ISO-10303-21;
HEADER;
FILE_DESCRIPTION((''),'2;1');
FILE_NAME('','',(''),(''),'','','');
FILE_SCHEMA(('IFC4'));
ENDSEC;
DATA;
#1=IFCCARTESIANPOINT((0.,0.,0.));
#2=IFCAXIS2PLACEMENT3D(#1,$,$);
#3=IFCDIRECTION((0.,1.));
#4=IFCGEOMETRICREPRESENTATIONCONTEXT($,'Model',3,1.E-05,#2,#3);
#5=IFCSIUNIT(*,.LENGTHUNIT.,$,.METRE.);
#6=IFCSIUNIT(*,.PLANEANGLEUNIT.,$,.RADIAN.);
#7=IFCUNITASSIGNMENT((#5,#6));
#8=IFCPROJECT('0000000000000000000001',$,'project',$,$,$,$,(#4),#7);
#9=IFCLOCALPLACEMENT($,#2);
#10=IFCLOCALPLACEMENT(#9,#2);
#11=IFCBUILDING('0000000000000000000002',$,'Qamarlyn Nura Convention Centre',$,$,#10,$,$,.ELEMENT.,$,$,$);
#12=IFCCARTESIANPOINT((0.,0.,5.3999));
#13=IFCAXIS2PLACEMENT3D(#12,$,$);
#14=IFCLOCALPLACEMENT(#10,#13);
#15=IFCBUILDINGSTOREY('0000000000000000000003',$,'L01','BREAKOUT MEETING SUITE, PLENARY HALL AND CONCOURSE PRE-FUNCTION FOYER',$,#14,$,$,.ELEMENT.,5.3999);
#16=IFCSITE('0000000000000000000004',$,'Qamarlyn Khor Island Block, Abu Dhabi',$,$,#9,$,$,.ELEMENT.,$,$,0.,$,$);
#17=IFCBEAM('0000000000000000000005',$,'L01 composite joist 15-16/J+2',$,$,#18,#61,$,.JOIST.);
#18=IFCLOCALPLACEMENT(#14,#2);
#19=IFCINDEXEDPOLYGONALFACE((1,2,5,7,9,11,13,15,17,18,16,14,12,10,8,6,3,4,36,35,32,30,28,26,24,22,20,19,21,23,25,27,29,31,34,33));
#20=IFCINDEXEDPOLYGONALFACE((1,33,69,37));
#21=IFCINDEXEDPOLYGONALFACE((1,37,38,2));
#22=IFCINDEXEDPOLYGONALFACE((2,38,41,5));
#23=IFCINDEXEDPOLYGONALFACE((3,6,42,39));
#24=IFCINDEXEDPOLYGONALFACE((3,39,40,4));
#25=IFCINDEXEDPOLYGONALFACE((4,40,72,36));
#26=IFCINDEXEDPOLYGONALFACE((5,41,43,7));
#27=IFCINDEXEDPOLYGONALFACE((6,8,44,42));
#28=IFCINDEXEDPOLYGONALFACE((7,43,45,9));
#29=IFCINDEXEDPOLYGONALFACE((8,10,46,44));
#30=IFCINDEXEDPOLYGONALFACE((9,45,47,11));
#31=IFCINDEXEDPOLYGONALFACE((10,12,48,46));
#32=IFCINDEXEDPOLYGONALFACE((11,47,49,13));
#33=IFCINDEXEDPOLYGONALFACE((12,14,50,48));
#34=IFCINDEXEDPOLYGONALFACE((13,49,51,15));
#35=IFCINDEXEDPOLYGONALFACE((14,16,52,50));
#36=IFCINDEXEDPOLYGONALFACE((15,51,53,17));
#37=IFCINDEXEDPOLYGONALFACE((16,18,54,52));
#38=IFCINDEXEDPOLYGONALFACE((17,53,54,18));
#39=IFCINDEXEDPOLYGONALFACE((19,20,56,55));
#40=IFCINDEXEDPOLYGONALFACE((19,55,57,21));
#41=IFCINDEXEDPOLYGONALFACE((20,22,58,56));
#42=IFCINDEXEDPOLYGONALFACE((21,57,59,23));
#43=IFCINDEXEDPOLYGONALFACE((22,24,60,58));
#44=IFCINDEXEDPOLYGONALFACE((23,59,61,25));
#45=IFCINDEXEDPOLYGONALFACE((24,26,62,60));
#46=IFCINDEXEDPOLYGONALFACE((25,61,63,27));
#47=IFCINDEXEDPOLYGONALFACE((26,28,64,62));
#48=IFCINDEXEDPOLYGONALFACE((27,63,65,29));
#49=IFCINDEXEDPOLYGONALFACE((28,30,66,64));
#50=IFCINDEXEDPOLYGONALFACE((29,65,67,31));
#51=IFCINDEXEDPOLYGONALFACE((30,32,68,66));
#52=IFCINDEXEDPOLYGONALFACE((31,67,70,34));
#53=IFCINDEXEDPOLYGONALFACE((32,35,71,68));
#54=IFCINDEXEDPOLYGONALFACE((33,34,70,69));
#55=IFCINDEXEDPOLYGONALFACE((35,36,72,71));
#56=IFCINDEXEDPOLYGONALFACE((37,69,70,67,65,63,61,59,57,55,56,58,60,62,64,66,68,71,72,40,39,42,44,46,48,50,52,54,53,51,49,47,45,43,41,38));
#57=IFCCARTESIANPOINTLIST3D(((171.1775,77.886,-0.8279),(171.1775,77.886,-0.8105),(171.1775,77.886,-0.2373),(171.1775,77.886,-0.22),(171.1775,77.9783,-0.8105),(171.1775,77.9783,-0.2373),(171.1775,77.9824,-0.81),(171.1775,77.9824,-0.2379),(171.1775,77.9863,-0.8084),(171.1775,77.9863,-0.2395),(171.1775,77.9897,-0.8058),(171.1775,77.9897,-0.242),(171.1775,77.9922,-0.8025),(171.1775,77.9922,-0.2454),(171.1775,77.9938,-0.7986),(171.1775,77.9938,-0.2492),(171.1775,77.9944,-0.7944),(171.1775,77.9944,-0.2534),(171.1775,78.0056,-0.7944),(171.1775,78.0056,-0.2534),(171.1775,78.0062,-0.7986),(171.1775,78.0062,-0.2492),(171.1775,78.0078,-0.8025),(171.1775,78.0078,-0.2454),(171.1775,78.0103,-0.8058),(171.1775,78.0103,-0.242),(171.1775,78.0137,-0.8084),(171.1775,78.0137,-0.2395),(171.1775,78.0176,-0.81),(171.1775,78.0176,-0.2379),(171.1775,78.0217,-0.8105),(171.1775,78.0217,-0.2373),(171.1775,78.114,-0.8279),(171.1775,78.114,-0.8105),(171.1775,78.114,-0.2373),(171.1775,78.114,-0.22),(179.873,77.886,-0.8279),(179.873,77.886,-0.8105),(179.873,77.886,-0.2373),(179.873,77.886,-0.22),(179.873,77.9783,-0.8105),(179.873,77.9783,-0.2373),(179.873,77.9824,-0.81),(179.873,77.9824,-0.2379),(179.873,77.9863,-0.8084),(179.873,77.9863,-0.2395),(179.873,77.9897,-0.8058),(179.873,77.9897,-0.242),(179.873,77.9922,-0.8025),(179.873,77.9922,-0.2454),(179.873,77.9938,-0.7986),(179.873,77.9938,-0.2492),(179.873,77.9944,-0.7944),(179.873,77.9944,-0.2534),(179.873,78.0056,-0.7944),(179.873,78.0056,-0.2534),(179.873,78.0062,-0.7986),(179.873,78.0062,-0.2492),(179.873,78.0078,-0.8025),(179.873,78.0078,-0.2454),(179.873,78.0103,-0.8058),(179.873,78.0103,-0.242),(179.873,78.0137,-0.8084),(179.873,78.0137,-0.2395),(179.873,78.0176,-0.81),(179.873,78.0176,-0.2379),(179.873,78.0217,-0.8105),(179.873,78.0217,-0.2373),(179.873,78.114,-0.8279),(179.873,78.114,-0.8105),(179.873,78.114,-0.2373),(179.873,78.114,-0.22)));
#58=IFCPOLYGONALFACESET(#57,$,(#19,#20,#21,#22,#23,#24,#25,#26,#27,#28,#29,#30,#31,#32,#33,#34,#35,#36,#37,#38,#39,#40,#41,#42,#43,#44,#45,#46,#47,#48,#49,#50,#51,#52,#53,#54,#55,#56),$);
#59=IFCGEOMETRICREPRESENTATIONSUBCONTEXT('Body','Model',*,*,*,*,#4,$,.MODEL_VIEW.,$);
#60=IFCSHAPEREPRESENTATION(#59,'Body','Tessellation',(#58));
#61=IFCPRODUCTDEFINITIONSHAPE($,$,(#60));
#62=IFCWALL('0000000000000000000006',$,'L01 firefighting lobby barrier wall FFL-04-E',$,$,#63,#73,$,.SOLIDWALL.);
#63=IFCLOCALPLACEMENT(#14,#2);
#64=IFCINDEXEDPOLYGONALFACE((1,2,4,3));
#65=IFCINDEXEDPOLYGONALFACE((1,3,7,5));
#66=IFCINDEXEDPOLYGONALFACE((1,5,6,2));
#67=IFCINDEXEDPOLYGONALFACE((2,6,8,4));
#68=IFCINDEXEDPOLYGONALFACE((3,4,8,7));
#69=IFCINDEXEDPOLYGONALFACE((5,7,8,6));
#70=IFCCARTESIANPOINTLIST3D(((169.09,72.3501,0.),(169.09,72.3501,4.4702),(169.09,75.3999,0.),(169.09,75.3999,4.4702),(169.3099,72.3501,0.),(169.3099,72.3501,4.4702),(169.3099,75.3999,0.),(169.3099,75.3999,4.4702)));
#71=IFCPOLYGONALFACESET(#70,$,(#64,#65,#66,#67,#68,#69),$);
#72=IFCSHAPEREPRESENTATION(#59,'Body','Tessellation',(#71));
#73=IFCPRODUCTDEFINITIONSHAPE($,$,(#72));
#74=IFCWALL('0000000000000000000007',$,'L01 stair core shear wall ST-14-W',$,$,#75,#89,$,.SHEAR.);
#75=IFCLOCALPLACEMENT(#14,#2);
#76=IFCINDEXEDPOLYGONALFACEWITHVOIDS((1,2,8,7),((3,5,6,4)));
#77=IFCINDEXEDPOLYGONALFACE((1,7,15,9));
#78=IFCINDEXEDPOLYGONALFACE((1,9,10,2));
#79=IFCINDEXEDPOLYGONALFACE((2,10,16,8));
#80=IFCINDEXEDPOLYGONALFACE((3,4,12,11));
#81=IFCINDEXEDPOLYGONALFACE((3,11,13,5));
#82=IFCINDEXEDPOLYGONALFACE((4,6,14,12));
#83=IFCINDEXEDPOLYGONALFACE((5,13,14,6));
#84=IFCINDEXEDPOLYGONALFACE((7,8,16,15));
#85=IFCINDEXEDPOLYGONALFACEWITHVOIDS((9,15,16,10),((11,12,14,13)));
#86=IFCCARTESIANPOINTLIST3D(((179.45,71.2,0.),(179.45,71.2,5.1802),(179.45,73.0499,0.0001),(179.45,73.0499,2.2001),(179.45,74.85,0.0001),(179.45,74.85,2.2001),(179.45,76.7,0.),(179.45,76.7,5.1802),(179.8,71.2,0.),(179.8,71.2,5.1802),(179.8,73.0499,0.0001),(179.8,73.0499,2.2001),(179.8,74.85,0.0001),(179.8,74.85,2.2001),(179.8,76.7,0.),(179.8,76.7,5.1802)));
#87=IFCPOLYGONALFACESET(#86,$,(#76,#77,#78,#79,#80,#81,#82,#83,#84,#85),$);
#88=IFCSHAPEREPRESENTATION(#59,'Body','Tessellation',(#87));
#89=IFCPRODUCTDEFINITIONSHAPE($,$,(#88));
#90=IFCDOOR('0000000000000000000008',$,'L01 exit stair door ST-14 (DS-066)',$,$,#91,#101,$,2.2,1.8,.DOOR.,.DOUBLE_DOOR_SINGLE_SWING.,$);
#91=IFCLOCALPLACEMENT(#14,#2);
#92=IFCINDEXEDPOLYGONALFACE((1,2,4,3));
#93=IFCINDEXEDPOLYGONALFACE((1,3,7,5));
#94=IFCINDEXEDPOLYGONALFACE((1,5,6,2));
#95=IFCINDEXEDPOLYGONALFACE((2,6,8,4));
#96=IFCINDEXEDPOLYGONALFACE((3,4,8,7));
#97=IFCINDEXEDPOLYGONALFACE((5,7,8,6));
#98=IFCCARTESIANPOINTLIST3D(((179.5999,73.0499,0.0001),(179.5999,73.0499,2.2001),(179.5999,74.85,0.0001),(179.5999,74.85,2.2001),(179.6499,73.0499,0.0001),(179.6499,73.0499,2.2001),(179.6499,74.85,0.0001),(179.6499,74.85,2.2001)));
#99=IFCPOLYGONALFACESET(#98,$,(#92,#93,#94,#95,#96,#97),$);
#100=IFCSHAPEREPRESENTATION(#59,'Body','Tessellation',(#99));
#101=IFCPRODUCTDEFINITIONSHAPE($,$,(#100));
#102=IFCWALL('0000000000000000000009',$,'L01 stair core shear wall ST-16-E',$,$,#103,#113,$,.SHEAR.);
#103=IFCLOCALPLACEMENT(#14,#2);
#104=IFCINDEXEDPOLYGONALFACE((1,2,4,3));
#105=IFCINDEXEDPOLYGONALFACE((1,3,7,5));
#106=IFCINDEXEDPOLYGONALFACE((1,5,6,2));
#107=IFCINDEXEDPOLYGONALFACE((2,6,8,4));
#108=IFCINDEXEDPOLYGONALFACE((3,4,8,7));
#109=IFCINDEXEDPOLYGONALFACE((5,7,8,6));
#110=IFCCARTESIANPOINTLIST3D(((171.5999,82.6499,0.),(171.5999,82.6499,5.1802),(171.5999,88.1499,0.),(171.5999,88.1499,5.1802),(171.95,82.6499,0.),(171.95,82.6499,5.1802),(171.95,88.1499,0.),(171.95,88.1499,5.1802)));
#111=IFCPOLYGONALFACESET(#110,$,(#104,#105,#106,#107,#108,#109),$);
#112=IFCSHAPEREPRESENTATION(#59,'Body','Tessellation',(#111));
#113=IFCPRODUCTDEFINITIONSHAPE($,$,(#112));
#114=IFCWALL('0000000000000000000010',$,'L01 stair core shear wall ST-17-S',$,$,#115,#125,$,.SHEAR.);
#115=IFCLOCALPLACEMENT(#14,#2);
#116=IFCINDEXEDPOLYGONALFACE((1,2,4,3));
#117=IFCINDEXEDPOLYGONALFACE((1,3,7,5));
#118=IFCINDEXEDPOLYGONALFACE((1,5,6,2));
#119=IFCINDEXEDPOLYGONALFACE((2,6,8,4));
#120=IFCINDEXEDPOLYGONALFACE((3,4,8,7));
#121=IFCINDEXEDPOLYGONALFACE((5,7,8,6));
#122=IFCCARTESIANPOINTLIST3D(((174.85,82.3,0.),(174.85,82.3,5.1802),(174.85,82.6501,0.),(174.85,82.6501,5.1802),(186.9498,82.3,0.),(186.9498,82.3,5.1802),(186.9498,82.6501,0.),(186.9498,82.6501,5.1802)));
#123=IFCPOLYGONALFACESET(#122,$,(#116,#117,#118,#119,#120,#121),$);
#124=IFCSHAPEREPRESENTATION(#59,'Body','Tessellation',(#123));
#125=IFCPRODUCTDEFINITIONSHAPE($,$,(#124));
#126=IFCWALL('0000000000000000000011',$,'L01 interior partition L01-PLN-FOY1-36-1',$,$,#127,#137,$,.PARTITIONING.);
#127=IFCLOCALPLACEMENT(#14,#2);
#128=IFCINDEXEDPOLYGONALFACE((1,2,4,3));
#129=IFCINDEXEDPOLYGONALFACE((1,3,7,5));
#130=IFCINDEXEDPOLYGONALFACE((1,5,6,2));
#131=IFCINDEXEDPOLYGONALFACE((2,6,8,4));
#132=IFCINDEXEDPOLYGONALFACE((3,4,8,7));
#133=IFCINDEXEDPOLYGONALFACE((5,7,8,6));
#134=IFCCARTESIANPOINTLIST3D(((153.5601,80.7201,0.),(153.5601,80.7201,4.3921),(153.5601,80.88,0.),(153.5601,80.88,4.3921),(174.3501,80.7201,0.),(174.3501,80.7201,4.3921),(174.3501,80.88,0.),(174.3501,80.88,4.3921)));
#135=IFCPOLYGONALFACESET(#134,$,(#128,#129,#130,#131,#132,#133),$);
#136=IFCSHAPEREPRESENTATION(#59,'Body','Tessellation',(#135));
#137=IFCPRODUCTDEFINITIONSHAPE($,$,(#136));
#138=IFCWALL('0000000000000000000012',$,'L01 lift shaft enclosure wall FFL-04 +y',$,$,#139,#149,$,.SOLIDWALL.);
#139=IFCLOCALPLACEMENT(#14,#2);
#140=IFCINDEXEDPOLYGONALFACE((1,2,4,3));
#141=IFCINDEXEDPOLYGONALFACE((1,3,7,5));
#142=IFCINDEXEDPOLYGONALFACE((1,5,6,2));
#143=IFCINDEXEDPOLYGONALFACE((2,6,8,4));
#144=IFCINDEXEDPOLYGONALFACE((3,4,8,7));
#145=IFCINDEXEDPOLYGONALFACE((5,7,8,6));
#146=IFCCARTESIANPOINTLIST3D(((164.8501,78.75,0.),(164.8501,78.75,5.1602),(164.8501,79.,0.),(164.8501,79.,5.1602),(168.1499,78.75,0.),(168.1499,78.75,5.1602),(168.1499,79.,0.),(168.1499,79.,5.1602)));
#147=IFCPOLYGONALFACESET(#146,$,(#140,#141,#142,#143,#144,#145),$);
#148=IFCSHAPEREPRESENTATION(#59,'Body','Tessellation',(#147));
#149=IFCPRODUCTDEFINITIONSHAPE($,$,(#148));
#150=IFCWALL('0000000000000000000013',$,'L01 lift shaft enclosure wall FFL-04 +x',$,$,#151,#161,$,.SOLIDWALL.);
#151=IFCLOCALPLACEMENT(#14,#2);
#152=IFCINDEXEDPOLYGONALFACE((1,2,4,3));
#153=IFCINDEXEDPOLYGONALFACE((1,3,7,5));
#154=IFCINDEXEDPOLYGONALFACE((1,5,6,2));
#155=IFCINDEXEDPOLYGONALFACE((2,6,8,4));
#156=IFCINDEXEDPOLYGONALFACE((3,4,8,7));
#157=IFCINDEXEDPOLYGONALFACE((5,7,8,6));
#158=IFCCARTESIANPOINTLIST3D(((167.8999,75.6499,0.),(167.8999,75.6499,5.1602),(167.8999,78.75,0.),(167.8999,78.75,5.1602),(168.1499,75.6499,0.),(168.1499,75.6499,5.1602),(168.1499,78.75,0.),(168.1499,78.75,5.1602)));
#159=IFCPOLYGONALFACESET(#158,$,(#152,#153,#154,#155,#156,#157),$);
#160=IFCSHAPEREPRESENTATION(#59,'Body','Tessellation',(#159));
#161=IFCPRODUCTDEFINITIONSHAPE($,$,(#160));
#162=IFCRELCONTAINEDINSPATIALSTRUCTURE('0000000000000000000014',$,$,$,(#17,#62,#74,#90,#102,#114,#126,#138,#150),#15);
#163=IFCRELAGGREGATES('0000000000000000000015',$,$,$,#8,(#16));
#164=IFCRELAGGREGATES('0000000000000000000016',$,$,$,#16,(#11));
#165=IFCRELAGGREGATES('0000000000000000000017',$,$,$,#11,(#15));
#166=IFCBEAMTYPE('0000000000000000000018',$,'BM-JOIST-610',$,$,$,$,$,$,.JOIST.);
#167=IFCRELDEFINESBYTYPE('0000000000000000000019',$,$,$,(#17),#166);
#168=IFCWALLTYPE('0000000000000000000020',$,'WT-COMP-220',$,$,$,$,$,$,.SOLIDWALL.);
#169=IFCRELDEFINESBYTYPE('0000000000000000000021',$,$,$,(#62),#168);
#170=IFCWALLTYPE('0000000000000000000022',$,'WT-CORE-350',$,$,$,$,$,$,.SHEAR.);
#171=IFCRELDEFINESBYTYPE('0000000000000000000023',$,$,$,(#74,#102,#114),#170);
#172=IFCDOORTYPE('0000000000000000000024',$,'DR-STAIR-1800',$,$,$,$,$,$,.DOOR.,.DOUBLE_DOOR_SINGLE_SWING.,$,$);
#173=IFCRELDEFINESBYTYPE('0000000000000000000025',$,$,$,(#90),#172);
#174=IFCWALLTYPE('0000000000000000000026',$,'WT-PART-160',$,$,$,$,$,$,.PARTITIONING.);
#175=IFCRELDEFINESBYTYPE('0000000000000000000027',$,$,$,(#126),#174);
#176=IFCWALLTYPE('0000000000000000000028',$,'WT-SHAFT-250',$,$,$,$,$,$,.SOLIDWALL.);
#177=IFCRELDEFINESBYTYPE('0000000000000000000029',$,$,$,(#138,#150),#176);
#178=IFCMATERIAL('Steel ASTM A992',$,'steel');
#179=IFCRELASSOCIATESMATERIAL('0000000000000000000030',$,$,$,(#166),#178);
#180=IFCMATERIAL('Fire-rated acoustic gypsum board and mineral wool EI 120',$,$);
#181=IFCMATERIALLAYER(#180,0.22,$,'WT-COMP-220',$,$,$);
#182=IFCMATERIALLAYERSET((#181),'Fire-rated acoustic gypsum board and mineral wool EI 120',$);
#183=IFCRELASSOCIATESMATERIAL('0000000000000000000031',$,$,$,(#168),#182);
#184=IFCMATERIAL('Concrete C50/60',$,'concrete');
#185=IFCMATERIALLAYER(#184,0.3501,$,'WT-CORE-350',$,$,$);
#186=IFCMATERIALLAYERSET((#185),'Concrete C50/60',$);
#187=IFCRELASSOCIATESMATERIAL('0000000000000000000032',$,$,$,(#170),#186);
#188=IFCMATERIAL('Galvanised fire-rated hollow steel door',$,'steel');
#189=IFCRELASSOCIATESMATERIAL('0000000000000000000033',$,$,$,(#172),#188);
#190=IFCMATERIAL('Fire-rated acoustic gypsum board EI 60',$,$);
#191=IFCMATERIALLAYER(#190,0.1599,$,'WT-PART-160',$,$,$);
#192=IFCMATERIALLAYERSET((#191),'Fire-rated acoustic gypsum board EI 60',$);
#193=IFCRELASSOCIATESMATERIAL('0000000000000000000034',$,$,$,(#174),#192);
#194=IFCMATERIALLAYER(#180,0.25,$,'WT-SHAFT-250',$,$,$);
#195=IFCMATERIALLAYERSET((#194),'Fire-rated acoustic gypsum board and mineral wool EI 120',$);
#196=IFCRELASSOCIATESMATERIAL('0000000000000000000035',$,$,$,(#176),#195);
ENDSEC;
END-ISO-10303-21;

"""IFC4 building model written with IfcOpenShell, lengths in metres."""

from ifc_helpers import new_model, si_unit, direction, frame, frame_2d, origin, origin_2d, place, context, subcontext, project, spatial, rectangle, i_section, extrude, material, layer, layer_set, material_profile, profile_set, type_object, element, fill, save


model = new_model("IFC4")

# Units and contexts
model_context = context("Model", 3, precision=1e-05, world=origin(), true_north=direction((0.0, 1.0)))
body_context = subcontext(model_context, "Body", "Model", "MODEL_VIEW")
ifc_project = project(units=[si_unit("LENGTHUNIT", "METRE"), si_unit("PLANEANGLEUNIT", "RADIAN")], contexts=[model_context])

# Site, building, storey
site_placement = place(None, origin())
site = spatial("IfcSite", under=ifc_project, at=site_placement, Name="Qamarlyn Khor Island Block, Abu Dhabi", CompositionType="ELEMENT", RefElevation=0.0)
building_placement = place(site_placement, origin())
building = spatial("IfcBuilding", under=site, at=building_placement, Name="Qamarlyn Nura Convention Centre", CompositionType="ELEMENT")
storey_placement = place(building_placement, frame((0.0, 0.0, 5.3999)))
storey = spatial("IfcBuildingStorey", under=building, at=storey_placement, Name="L01", Description="BREAKOUT MEETING SUITE, PLENARY HALL AND CONCOURSE PRE-FUNCTION FOYER", CompositionType="ELEMENT", Elevation=5.3999)

# Shared definitions
ifc_material_1 = material(Name="Steel ASTM A992", Category="steel")

# Beam
ifc_material_profile_1 = material_profile(ifc_material_1, i_section(OverallWidth=0.228, OverallDepth=0.6079, WebThickness=0.0112, FlangeThickness=0.0173, FilletRadius=0.0161, at=origin_2d()), Name="W610X113")
ifc_profile_set_1 = profile_set([ifc_material_profile_1], Name="Steel ASTM A992")
beam_type_1 = type_object("IfcBeamType", Name="BM-JOIST-610", PredefinedType="JOIST", material=ifc_profile_set_1)
for number, where, z_axis, x_axis, name in (
    (1, (171.1775, 78.0, -0.5239), (1.0, 0.0, 0.0), (0.0, 1.0, 0.0), "L01 composite joist 15-16/J+2"),
):
    element("IfcBeam", number, at=place(storey_placement, frame(where, z_axis=z_axis, x_axis=x_axis)), inside=storey, type_object=beam_type_1, Name=name, PredefinedType="JOIST", context=body_context, shape_type="SweptSolid", body=[
        extrude(i_section(OverallWidth=0.228, OverallDepth=0.6079, WebThickness=0.0112, FlangeThickness=0.0173, FilletRadius=0.0161, at=origin_2d()), origin(), (0.0, 0.0, 1.0), 8.6956),
    ])

# Wall
ifc_material_2 = material(Name="Fire-rated acoustic gypsum board and mineral wool EI 120")
ifc_layer_1 = layer(ifc_material_2, 0.22, Name="WT-COMP-220")
ifc_layer_set_1 = layer_set([ifc_layer_1], Name="Fire-rated acoustic gypsum board and mineral wool EI 120")
wall_type_1 = type_object("IfcWallType", Name="WT-COMP-220", PredefinedType="SOLIDWALL", material=ifc_layer_set_1)
wall_1_placement = place(storey_placement, frame((169.2, 72.3501, 0.0), z_axis=(0.0, 0.0, 1.0), x_axis=(0.0, 1.0, 0.0)))
element("IfcWall", 2, at=wall_1_placement, inside=storey, type_object=wall_type_1, Name="L01 firefighting lobby barrier wall FFL-04-E", PredefinedType="SOLIDWALL", context=body_context, shape_type="SweptSolid", body=[
    extrude(rectangle(XDim=3.0498, YDim=0.22, at=frame_2d((1.5249, 0.0))), origin(), (0.0, 0.0, 1.0), 4.4702),
])

# Wall, opening, door
ifc_material_3 = material(Name="Concrete C50/60", Category="concrete")
ifc_layer_2 = layer(ifc_material_3, 0.3501, Name="WT-CORE-350")
ifc_layer_set_2 = layer_set([ifc_layer_2], Name="Concrete C50/60")
wall_type_2 = type_object("IfcWallType", Name="WT-CORE-350", PredefinedType="SHEAR", material=ifc_layer_set_2)
wall_2_placement = place(storey_placement, frame((179.625, 76.7, 0.0), z_axis=(0.0, 0.0, 1.0), x_axis=(0.0, -1.0, 0.0)))
wall_2 = element("IfcWall", 3, at=wall_2_placement, inside=storey, type_object=wall_type_2, Name="L01 stair core shear wall ST-14-W", PredefinedType="SHEAR", context=body_context, shape_type="SweptSolid", body=[
    extrude(rectangle(XDim=5.5, YDim=0.3501, at=frame_2d((2.75, 0.0))), origin(), (0.0, 0.0, 1.0), 5.1802),
])
opening_1_placement = place(wall_2_placement, frame((1.8501, 0.0, 0.0)))
opening_1 = element("IfcOpeningElement", 4, at=opening_1_placement, cuts=wall_2, PredefinedType="OPENING", context=body_context, shape_type="SweptSolid", body=[
    extrude(rectangle(XDim=1.8, YDim=2.2, at=frame_2d((0.8999, 1.1001))), frame((0.0, 0.1851, 0.0), z_axis=(0.0, -1.0, 0.0), x_axis=(1.0, 0.0, 0.0)), (0.0, 0.0, 1.0), 0.3701),
])
ifc_material_4 = material(Name="Galvanised fire-rated hollow steel door", Category="steel")
door_type_1 = type_object("IfcDoorType", Name="DR-STAIR-1800", OperationType="DOUBLE_DOOR_SINGLE_SWING", PredefinedType="DOOR", material=ifc_material_4)
door_1_placement = place(opening_1_placement, origin())
door_1 = element("IfcDoor", 5, at=door_1_placement, inside=storey, type_object=door_type_1, Name="L01 exit stair door ST-14 (DS-066)", OperationType="DOUBLE_DOOR_SINGLE_SWING", OverallHeight=2.2, OverallWidth=1.8, PredefinedType="DOOR", context=body_context, shape_type="SweptSolid", body=[
    extrude(rectangle(XDim=1.8, YDim=2.2, at=frame_2d((0.8999, 1.1001))), frame((0.0, 0.0249, 0.0), z_axis=(0.0, -1.0, 0.0), x_axis=(1.0, 0.0, 0.0)), (0.0, 0.0, 1.0), 0.05),
])
fill(opening_1, door_1)

# Walls
wall_3_placement = place(storey_placement, frame((171.7749, 82.6499, 0.0), z_axis=(0.0, 0.0, 1.0), x_axis=(0.0, 1.0, 0.0)))
element("IfcWall", 6, at=wall_3_placement, inside=storey, type_object=wall_type_2, Name="L01 stair core shear wall ST-16-E", PredefinedType="SHEAR", context=body_context, shape_type="SweptSolid", body=[
    extrude(rectangle(XDim=5.5, YDim=0.3501, at=frame_2d((2.75, 0.0))), origin(), (0.0, 0.0, 1.0), 5.1802),
])
wall_4_placement = place(storey_placement, frame((174.8501, 82.4751, 0.0), z_axis=(0.0, 0.0, 1.0), x_axis=(1.0, 0.0, 0.0)))
element("IfcWall", 7, at=wall_4_placement, inside=storey, type_object=wall_type_2, Name="L01 stair core shear wall ST-17-S", PredefinedType="SHEAR", context=body_context, shape_type="SweptSolid", body=[
    extrude(rectangle(XDim=12.0999, YDim=0.3501, at=frame_2d((6.0498, 0.0))), origin(), (0.0, 0.0, 1.0), 5.1802),
])

# Shared definitions
ifc_material_5 = material(Name="Fire-rated acoustic gypsum board EI 60")
ifc_layer_3 = layer(ifc_material_5, 0.1599, Name="WT-PART-160")
ifc_layer_set_3 = layer_set([ifc_layer_3], Name="Fire-rated acoustic gypsum board EI 60")
wall_type_3 = type_object("IfcWallType", Name="WT-PART-160", PredefinedType="PARTITIONING", material=ifc_layer_set_3)

# Walls
wall_5_placement = place(storey_placement, frame((174.3501, 80.8, 0.0), z_axis=(0.0, 0.0, 1.0), x_axis=(-1.0, 0.0, 0.0)))
element("IfcWall", 8, at=wall_5_placement, inside=storey, type_object=wall_type_3, Name="L01 interior partition L01-PLN-FOY1-36-1", PredefinedType="PARTITIONING", context=body_context, shape_type="SweptSolid", body=[
    extrude(rectangle(XDim=20.79, YDim=0.1599, at=frame_2d((10.395, 0.0))), origin(), (0.0, 0.0, 1.0), 4.3921),
])
ifc_layer_4 = layer(ifc_material_2, 0.25, Name="WT-SHAFT-250")
ifc_layer_set_4 = layer_set([ifc_layer_4], Name="Fire-rated acoustic gypsum board and mineral wool EI 120")
wall_type_4 = type_object("IfcWallType", Name="WT-SHAFT-250", PredefinedType="SOLIDWALL", material=ifc_layer_set_4)
wall_6_placement = place(storey_placement, frame((168.1499, 78.875, 0.0), z_axis=(0.0, 0.0, 1.0), x_axis=(-1.0, 0.0, 0.0)))
element("IfcWall", 9, at=wall_6_placement, inside=storey, type_object=wall_type_4, Name="L01 lift shaft enclosure wall FFL-04 +y", PredefinedType="SOLIDWALL", context=body_context, shape_type="SweptSolid", body=[
    extrude(rectangle(XDim=3.2998, YDim=0.25, at=frame_2d((1.6499, 0.0))), origin(), (0.0, 0.0, 1.0), 5.1602),
])
wall_7_placement = place(storey_placement, frame((168.0249, 75.6499, 0.0), z_axis=(0.0, 0.0, 1.0), x_axis=(0.0, 1.0, 0.0)))
element("IfcWall", 10, at=wall_7_placement, inside=storey, type_object=wall_type_4, Name="L01 lift shaft enclosure wall FFL-04 +x", PredefinedType="SOLIDWALL", context=body_context, shape_type="SweptSolid", body=[
    extrude(rectangle(XDim=3.1001, YDim=0.25, at=frame_2d((1.55, 0.0))), origin(), (0.0, 0.0, 1.0), 5.1602),
])

save(model, "model.ifc")
